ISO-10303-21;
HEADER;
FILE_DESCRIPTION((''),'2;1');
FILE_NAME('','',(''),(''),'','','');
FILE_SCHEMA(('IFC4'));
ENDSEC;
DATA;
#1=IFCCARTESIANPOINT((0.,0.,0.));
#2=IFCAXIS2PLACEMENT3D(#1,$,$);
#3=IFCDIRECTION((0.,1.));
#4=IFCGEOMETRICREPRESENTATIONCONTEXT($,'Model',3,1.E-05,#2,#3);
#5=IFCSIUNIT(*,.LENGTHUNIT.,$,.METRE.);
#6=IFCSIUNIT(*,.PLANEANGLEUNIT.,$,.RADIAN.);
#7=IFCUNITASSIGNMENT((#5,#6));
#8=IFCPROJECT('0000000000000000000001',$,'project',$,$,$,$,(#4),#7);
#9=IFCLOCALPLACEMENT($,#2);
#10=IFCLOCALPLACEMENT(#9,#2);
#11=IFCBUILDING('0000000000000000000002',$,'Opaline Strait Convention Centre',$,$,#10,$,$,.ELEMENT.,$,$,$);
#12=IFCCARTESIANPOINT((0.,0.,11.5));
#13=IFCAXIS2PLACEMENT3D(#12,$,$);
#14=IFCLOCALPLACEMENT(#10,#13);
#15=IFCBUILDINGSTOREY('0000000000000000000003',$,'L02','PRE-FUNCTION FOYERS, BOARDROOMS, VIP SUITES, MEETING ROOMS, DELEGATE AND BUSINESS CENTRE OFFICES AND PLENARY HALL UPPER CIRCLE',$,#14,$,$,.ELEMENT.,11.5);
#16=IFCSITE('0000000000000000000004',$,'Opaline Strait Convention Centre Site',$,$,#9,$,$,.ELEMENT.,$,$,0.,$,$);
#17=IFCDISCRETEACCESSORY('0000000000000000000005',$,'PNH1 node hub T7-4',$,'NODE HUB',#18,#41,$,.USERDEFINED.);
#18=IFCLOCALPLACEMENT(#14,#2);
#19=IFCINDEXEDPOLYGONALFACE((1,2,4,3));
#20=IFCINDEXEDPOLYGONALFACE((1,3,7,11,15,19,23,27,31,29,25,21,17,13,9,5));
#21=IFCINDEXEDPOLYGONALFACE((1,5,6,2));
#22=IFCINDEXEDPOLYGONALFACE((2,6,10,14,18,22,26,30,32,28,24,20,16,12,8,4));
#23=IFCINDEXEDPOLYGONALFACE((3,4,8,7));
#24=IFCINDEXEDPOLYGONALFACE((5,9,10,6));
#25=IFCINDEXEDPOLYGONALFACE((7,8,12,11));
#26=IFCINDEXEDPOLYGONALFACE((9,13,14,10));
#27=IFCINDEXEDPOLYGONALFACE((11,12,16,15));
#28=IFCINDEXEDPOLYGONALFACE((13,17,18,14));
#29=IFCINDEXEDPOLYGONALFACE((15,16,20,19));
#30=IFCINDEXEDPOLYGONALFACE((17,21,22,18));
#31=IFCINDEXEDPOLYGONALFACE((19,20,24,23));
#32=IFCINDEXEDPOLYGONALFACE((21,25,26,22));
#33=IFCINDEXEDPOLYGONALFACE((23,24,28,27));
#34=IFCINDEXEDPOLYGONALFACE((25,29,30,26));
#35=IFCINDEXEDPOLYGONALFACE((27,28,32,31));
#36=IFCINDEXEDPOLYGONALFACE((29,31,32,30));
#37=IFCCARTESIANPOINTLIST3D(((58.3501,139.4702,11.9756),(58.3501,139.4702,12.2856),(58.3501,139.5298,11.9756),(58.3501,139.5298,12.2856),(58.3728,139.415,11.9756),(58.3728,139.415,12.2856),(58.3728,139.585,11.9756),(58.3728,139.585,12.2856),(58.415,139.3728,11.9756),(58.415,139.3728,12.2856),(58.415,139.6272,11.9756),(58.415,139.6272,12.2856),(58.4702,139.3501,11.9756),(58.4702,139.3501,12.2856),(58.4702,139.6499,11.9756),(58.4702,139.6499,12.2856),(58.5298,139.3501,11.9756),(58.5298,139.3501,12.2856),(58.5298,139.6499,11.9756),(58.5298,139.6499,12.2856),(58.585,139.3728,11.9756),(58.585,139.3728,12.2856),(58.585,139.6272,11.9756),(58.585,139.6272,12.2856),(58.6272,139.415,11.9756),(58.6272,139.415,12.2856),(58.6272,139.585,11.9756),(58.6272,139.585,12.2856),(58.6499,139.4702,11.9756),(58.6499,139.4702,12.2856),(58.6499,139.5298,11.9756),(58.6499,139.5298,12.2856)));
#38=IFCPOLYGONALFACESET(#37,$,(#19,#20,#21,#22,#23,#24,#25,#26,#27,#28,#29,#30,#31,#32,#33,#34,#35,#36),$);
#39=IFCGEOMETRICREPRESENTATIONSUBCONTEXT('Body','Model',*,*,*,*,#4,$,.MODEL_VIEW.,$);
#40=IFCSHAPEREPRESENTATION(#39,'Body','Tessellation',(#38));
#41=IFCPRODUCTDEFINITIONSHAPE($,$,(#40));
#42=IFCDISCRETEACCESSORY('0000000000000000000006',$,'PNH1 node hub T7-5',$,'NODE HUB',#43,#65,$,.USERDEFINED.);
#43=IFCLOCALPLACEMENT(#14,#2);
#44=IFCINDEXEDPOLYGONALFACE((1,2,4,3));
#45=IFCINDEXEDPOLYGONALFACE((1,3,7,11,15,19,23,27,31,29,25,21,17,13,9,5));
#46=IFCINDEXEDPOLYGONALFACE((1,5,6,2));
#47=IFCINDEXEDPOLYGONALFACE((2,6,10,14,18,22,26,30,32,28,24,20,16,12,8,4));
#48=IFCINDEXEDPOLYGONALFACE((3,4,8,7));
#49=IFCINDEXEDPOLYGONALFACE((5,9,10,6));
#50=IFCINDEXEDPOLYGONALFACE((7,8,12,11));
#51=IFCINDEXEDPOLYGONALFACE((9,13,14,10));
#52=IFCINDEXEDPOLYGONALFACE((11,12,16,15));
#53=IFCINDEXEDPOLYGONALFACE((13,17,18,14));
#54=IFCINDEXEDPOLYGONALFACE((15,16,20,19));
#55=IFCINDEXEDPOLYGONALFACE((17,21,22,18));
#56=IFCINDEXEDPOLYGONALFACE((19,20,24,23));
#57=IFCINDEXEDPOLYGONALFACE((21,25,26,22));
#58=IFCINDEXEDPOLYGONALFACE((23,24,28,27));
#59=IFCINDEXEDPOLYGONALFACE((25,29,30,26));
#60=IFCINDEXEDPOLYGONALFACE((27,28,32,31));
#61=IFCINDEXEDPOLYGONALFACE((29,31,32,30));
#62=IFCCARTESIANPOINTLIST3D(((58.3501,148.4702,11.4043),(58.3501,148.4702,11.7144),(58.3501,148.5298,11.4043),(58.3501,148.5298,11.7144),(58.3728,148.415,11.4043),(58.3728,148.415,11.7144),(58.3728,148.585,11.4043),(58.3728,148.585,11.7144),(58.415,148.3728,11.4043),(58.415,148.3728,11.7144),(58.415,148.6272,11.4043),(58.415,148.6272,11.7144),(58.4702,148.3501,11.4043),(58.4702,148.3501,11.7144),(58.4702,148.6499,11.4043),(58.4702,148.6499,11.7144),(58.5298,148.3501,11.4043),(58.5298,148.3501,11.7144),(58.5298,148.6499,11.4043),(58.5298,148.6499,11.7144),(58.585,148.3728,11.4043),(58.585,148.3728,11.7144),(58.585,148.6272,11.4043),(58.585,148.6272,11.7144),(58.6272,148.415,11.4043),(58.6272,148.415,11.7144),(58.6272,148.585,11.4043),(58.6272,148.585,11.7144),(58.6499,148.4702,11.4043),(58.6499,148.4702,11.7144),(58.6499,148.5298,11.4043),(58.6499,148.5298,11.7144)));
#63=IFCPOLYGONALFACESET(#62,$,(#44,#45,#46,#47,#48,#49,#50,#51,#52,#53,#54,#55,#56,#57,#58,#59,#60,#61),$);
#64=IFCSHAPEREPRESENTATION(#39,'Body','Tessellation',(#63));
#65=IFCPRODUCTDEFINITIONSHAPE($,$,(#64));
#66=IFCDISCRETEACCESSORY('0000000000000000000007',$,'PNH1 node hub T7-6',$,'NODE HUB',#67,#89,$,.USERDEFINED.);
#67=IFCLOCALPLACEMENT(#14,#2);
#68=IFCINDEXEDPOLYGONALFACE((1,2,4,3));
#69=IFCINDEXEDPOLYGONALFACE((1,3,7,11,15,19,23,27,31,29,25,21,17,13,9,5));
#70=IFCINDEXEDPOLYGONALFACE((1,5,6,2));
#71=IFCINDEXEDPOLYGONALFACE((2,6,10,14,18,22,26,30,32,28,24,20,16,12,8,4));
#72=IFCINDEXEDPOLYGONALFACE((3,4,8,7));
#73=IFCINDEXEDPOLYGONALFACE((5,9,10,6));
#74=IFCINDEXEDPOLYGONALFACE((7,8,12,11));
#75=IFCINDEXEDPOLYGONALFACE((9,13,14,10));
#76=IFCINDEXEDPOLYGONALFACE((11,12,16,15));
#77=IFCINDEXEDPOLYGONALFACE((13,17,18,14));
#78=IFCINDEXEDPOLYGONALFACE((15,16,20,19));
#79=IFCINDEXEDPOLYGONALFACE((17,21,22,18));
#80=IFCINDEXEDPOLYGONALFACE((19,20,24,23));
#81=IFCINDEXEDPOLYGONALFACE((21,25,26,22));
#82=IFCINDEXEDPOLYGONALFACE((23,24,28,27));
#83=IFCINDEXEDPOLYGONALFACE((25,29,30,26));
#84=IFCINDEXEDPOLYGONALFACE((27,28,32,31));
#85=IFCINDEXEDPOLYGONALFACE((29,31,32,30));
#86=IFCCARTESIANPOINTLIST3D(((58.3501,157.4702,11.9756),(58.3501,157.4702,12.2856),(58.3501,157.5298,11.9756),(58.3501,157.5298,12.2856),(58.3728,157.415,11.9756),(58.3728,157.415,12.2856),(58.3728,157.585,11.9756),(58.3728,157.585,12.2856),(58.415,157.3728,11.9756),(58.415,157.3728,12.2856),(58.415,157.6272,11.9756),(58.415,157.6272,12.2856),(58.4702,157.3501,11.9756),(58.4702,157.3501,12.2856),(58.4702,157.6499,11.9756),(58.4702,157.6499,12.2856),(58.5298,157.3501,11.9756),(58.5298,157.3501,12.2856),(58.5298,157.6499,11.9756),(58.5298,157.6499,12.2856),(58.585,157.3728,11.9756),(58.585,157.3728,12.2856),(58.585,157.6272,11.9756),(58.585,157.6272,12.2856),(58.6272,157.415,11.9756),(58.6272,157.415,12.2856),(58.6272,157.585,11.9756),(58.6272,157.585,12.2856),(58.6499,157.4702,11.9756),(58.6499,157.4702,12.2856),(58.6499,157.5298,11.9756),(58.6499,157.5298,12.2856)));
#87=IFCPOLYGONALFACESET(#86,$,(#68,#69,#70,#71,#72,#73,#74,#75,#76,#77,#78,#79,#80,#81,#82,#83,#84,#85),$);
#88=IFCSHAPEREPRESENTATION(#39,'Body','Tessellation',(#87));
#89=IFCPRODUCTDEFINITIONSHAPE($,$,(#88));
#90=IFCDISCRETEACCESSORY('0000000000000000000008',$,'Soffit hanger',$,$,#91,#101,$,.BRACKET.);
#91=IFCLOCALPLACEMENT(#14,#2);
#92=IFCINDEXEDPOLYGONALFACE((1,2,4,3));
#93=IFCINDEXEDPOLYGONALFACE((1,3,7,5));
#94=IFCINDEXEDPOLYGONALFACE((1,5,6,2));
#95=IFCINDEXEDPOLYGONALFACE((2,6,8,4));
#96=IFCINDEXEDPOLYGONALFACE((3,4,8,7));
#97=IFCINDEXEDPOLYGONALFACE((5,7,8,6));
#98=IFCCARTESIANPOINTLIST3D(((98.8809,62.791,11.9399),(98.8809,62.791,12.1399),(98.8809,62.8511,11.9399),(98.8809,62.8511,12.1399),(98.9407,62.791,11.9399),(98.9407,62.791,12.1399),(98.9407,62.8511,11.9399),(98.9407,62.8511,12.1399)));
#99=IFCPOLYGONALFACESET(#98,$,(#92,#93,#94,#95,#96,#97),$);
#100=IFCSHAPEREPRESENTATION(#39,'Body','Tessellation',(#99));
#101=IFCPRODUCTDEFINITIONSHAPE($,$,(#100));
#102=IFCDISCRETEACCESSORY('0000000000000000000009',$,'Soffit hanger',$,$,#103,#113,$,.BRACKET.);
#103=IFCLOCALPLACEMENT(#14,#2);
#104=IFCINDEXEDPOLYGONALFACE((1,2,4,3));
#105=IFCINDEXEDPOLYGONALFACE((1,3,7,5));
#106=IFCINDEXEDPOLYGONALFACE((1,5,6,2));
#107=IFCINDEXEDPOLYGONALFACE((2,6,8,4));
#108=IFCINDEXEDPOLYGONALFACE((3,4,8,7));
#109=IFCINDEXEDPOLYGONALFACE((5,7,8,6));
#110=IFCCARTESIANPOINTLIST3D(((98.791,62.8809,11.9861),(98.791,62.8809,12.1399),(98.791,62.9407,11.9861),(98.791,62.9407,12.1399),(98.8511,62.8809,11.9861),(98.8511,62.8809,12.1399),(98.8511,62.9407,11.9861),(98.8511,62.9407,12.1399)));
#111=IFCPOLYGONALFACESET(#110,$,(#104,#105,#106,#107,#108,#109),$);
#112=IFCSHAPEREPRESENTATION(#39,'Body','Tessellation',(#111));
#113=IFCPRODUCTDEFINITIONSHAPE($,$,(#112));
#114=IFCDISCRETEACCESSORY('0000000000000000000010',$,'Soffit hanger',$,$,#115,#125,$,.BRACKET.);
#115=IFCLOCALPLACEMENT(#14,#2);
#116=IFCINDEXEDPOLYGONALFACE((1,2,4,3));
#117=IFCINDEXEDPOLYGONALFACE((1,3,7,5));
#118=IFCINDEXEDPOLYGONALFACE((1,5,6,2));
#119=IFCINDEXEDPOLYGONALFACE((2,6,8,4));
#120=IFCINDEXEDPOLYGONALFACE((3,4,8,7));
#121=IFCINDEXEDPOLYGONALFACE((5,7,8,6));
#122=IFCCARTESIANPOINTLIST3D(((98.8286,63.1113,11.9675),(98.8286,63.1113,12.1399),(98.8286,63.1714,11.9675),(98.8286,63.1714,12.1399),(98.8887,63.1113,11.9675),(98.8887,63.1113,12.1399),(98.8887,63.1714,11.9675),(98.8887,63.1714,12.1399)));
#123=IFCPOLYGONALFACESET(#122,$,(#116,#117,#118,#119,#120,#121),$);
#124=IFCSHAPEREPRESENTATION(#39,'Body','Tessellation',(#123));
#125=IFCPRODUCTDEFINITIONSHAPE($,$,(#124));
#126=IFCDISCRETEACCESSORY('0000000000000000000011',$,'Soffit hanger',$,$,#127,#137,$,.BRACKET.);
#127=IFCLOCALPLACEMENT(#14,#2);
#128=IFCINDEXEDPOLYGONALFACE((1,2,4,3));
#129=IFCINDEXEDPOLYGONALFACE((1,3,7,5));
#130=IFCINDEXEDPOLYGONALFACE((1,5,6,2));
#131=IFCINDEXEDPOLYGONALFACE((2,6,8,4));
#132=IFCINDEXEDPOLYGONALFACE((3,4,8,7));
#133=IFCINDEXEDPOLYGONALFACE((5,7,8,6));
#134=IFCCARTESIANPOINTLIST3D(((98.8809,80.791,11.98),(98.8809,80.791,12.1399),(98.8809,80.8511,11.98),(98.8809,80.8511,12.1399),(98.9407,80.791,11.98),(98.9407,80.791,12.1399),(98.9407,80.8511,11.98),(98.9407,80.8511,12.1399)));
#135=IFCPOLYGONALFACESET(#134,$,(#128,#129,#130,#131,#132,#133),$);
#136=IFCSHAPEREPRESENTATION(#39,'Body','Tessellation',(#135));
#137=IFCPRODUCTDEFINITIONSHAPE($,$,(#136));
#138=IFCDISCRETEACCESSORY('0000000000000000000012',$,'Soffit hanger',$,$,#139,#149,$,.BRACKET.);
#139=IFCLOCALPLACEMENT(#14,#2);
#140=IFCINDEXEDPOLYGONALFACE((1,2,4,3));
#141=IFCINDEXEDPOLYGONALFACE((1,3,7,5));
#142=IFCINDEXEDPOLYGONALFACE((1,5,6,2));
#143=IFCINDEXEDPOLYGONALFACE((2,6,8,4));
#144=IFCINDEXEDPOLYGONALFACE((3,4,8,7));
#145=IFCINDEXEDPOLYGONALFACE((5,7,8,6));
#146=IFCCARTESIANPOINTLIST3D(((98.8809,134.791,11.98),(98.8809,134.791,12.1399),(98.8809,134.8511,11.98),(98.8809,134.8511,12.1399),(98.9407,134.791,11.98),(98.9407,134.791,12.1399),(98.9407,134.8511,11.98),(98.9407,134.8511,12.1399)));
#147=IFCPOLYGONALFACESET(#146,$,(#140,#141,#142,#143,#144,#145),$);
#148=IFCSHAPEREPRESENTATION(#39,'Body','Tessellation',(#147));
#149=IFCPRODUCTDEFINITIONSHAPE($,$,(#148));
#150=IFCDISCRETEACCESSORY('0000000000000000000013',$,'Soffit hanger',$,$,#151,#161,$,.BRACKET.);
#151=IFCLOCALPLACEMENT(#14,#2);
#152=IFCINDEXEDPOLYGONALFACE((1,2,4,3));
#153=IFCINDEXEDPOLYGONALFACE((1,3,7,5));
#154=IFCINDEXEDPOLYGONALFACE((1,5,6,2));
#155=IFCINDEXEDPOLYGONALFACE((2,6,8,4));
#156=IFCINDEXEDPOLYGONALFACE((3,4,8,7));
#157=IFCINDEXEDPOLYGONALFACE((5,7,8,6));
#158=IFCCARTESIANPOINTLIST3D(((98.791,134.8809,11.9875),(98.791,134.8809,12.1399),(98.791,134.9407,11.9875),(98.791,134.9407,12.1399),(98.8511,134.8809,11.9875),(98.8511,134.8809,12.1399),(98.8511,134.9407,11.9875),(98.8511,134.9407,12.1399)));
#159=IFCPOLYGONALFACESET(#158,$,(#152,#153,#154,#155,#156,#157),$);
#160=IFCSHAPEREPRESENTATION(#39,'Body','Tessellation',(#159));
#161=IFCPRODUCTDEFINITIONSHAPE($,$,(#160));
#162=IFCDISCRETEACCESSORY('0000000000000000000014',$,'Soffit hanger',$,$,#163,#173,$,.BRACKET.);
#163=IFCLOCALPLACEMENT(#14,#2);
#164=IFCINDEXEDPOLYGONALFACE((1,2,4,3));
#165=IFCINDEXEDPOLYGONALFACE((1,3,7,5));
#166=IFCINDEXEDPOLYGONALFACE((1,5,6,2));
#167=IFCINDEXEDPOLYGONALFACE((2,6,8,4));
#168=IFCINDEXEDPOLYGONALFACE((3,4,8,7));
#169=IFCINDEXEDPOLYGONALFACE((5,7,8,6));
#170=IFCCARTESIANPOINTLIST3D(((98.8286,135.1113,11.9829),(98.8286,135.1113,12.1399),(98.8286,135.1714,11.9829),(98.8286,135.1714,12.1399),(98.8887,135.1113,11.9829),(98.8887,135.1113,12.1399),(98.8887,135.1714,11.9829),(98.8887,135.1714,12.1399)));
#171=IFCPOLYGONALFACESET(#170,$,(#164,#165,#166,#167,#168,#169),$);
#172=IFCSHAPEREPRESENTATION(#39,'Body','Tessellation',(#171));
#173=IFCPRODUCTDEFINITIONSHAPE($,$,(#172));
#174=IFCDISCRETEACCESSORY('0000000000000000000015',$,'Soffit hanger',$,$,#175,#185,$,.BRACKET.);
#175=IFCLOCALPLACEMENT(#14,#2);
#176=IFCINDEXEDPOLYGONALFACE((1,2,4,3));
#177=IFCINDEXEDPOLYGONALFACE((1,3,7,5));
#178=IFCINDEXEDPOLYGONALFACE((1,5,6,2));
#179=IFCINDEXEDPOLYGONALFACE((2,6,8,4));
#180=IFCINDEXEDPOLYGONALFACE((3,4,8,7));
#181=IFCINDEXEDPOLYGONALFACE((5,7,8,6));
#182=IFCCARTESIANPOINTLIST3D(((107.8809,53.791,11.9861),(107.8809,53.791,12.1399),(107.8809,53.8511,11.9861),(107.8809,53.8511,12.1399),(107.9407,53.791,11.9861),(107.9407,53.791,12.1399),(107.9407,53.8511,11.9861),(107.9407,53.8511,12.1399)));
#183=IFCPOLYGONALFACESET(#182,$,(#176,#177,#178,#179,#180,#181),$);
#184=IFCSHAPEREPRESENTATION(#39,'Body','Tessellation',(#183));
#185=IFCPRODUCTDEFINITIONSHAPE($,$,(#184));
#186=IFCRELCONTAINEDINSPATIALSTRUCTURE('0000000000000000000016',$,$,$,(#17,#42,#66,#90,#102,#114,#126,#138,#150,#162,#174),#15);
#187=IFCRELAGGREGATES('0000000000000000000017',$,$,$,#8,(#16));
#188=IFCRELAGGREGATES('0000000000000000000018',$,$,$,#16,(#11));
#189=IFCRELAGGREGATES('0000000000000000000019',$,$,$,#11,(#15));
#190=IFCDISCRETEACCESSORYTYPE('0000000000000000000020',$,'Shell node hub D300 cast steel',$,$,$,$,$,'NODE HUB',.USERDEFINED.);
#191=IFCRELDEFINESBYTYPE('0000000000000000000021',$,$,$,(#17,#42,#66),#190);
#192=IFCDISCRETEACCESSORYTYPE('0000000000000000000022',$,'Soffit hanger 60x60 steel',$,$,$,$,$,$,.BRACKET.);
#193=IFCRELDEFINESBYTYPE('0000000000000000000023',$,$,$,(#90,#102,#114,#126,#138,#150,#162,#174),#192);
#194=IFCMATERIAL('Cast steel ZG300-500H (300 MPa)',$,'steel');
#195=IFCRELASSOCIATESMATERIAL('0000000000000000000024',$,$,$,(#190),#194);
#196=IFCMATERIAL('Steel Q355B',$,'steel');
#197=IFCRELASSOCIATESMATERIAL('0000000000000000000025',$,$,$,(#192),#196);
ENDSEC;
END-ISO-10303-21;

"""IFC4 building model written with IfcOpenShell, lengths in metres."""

from ifc_helpers import new_model, si_unit, direction, frame, origin, place, context, subcontext, project, spatial, polyline, outline, extrude, material, type_object, element, save


model = new_model("IFC4")

# Units and contexts
model_context = context("Model", 3, precision=1e-05, world=origin(), true_north=direction((0.0, 1.0)))
body_context = subcontext(model_context, "Body", "Model", "MODEL_VIEW")
ifc_project = project(units=[si_unit("LENGTHUNIT", "METRE"), si_unit("PLANEANGLEUNIT", "RADIAN")], contexts=[model_context])

# Site, building, storey
site_placement = place(None, origin())
site = spatial("IfcSite", under=ifc_project, at=site_placement, Name="Opaline Strait Convention Centre Site", CompositionType="ELEMENT", RefElevation=0.0)
building_placement = place(site_placement, origin())
building = spatial("IfcBuilding", under=site, at=building_placement, Name="Opaline Strait Convention Centre", CompositionType="ELEMENT")
storey_placement = place(building_placement, frame((0.0, 0.0, 11.5)))
storey = spatial("IfcBuildingStorey", under=building, at=storey_placement, Name="L02", Description="PRE-FUNCTION FOYERS, BOARDROOMS, VIP SUITES, MEETING ROOMS, DELEGATE AND BUSINESS CENTRE OFFICES AND PLENARY HALL UPPER CIRCLE", CompositionType="ELEMENT", Elevation=11.5)

# Discrete accessories
ifc_material_1 = material(Name="Cast steel ZG300-500H (300 MPa)", Category="steel")
discrete_accessory_type_1 = type_object("IfcDiscreteAccessoryType", Name="Shell node hub D300 cast steel", ElementType="NODE HUB", PredefinedType="USERDEFINED", material=ifc_material_1)
discrete_accessory_1_placement = place(storey_placement, frame((0.0, 0.0, 11.9756)))
element("IfcDiscreteAccessory", 1, at=discrete_accessory_1_placement, inside=storey, type_object=discrete_accessory_type_1, Name="PNH1 node hub T7-4", ObjectType="NODE HUB", PredefinedType="USERDEFINED", context=body_context, shape_type="SweptSolid", body=[
    extrude(outline(polyline([(58.6499, 139.5298), (58.6272, 139.585), (58.585, 139.6272), (58.5298, 139.6499), (58.4702, 139.6499), (58.415, 139.6272), (58.3728, 139.585), (58.3501, 139.5298), (58.3501, 139.4702), (58.3728, 139.415), (58.415, 139.3728), (58.4702, 139.3501), (58.5298, 139.3501), (58.585, 139.3728), (58.6272, 139.415), (58.6499, 139.4702), (58.6499, 139.5298)])), origin(), (0.0, 0.0, 1.0), 0.3101),
])
discrete_accessory_2_placement = place(storey_placement, frame((0.0, 0.0, 11.4043)))
element("IfcDiscreteAccessory", 2, at=discrete_accessory_2_placement, inside=storey, type_object=discrete_accessory_type_1, Name="PNH1 node hub T7-5", ObjectType="NODE HUB", PredefinedType="USERDEFINED", context=body_context, shape_type="SweptSolid", body=[
    extrude(outline(polyline([(58.6499, 148.5298), (58.6272, 148.585), (58.585, 148.6272), (58.5298, 148.6499), (58.4702, 148.6499), (58.415, 148.6272), (58.3728, 148.585), (58.3501, 148.5298), (58.3501, 148.4702), (58.3728, 148.415), (58.415, 148.3728), (58.4702, 148.3501), (58.5298, 148.3501), (58.585, 148.3728), (58.6272, 148.415), (58.6499, 148.4702), (58.6499, 148.5298)])), origin(), (0.0, 0.0, 1.0), 0.3101),
])
discrete_accessory_3_placement = place(storey_placement, frame((0.0, 0.0, 11.9756)))
element("IfcDiscreteAccessory", 3, at=discrete_accessory_3_placement, inside=storey, type_object=discrete_accessory_type_1, Name="PNH1 node hub T7-6", ObjectType="NODE HUB", PredefinedType="USERDEFINED", context=body_context, shape_type="SweptSolid", body=[
    extrude(outline(polyline([(58.6499, 157.5298), (58.6272, 157.585), (58.585, 157.6272), (58.5298, 157.6499), (58.4702, 157.6499), (58.415, 157.6272), (58.3728, 157.585), (58.3501, 157.5298), (58.3501, 157.4702), (58.3728, 157.415), (58.415, 157.3728), (58.4702, 157.3501), (58.5298, 157.3501), (58.585, 157.3728), (58.6272, 157.415), (58.6499, 157.4702), (58.6499, 157.5298)])), origin(), (0.0, 0.0, 1.0), 0.3101),
])
ifc_material_2 = material(Name="Steel Q355B", Category="steel")
discrete_accessory_type_2 = type_object("IfcDiscreteAccessoryType", Name="Soffit hanger 60x60 steel", PredefinedType="BRACKET", material=ifc_material_2)
discrete_accessory_4_placement = place(storey_placement, frame((0.0, 0.0, 11.9399)))
element("IfcDiscreteAccessory", 4, at=discrete_accessory_4_placement, inside=storey, type_object=discrete_accessory_type_2, Name="Soffit hanger", PredefinedType="BRACKET", context=body_context, shape_type="SweptSolid", body=[
    extrude(outline(polyline([(98.8809, 62.791), (98.9407, 62.791), (98.9407, 62.8511), (98.8809, 62.8511), (98.8809, 62.791)])), origin(), (0.0, 0.0, 1.0), 0.2),
])
discrete_accessory_5_placement = place(storey_placement, frame((0.0, 0.0, 11.9861)))
element("IfcDiscreteAccessory", 5, at=discrete_accessory_5_placement, inside=storey, type_object=discrete_accessory_type_2, Name="Soffit hanger", PredefinedType="BRACKET", context=body_context, shape_type="SweptSolid", body=[
    extrude(outline(polyline([(98.791, 62.8809), (98.8511, 62.8809), (98.8511, 62.9407), (98.791, 62.9407), (98.791, 62.8809)])), origin(), (0.0, 0.0, 1.0), 0.1538),
])
discrete_accessory_6_placement = place(storey_placement, frame((0.0, 0.0, 11.9675)))
element("IfcDiscreteAccessory", 6, at=discrete_accessory_6_placement, inside=storey, type_object=discrete_accessory_type_2, Name="Soffit hanger", PredefinedType="BRACKET", context=body_context, shape_type="SweptSolid", body=[
    extrude(outline(polyline([(98.8286, 63.1113), (98.8887, 63.1113), (98.8887, 63.1714), (98.8286, 63.1714), (98.8286, 63.1113)])), origin(), (0.0, 0.0, 1.0), 0.1724),
])
discrete_accessory_7_placement = place(storey_placement, frame((0.0, 0.0, 11.98)))
element("IfcDiscreteAccessory", 7, at=discrete_accessory_7_placement, inside=storey, type_object=discrete_accessory_type_2, Name="Soffit hanger", PredefinedType="BRACKET", context=body_context, shape_type="SweptSolid", body=[
    extrude(outline(polyline([(98.8809, 80.791), (98.9407, 80.791), (98.9407, 80.8511), (98.8809, 80.8511), (98.8809, 80.791)])), origin(), (0.0, 0.0, 1.0), 0.1599),
])
discrete_accessory_8_placement = place(storey_placement, frame((0.0, 0.0, 11.98)))
element("IfcDiscreteAccessory", 8, at=discrete_accessory_8_placement, inside=storey, type_object=discrete_accessory_type_2, Name="Soffit hanger", PredefinedType="BRACKET", context=body_context, shape_type="SweptSolid", body=[
    extrude(outline(polyline([(98.8809, 134.791), (98.9407, 134.791), (98.9407, 134.8511), (98.8809, 134.8511), (98.8809, 134.791)])), origin(), (0.0, 0.0, 1.0), 0.1599),
])
discrete_accessory_9_placement = place(storey_placement, frame((0.0, 0.0, 11.9875)))
element("IfcDiscreteAccessory", 9, at=discrete_accessory_9_placement, inside=storey, type_object=discrete_accessory_type_2, Name="Soffit hanger", PredefinedType="BRACKET", context=body_context, shape_type="SweptSolid", body=[
    extrude(outline(polyline([(98.791, 134.8809), (98.8511, 134.8809), (98.8511, 134.9407), (98.791, 134.9407), (98.791, 134.8809)])), origin(), (0.0, 0.0, 1.0), 0.1523),
])
discrete_accessory_10_placement = place(storey_placement, frame((0.0, 0.0, 11.9829)))
element("IfcDiscreteAccessory", 10, at=discrete_accessory_10_placement, inside=storey, type_object=discrete_accessory_type_2, Name="Soffit hanger", PredefinedType="BRACKET", context=body_context, shape_type="SweptSolid", body=[
    extrude(outline(polyline([(98.8286, 135.1113), (98.8887, 135.1113), (98.8887, 135.1714), (98.8286, 135.1714), (98.8286, 135.1113)])), origin(), (0.0, 0.0, 1.0), 0.157),
])
discrete_accessory_11_placement = place(storey_placement, frame((0.0, 0.0, 11.9861)))
element("IfcDiscreteAccessory", 11, at=discrete_accessory_11_placement, inside=storey, type_object=discrete_accessory_type_2, Name="Soffit hanger", PredefinedType="BRACKET", context=body_context, shape_type="SweptSolid", body=[
    extrude(outline(polyline([(107.8809, 53.791), (107.9407, 53.791), (107.9407, 53.8511), (107.8809, 53.8511), (107.8809, 53.791)])), origin(), (0.0, 0.0, 1.0), 0.1538),
])

save(model, "model.ifc")
